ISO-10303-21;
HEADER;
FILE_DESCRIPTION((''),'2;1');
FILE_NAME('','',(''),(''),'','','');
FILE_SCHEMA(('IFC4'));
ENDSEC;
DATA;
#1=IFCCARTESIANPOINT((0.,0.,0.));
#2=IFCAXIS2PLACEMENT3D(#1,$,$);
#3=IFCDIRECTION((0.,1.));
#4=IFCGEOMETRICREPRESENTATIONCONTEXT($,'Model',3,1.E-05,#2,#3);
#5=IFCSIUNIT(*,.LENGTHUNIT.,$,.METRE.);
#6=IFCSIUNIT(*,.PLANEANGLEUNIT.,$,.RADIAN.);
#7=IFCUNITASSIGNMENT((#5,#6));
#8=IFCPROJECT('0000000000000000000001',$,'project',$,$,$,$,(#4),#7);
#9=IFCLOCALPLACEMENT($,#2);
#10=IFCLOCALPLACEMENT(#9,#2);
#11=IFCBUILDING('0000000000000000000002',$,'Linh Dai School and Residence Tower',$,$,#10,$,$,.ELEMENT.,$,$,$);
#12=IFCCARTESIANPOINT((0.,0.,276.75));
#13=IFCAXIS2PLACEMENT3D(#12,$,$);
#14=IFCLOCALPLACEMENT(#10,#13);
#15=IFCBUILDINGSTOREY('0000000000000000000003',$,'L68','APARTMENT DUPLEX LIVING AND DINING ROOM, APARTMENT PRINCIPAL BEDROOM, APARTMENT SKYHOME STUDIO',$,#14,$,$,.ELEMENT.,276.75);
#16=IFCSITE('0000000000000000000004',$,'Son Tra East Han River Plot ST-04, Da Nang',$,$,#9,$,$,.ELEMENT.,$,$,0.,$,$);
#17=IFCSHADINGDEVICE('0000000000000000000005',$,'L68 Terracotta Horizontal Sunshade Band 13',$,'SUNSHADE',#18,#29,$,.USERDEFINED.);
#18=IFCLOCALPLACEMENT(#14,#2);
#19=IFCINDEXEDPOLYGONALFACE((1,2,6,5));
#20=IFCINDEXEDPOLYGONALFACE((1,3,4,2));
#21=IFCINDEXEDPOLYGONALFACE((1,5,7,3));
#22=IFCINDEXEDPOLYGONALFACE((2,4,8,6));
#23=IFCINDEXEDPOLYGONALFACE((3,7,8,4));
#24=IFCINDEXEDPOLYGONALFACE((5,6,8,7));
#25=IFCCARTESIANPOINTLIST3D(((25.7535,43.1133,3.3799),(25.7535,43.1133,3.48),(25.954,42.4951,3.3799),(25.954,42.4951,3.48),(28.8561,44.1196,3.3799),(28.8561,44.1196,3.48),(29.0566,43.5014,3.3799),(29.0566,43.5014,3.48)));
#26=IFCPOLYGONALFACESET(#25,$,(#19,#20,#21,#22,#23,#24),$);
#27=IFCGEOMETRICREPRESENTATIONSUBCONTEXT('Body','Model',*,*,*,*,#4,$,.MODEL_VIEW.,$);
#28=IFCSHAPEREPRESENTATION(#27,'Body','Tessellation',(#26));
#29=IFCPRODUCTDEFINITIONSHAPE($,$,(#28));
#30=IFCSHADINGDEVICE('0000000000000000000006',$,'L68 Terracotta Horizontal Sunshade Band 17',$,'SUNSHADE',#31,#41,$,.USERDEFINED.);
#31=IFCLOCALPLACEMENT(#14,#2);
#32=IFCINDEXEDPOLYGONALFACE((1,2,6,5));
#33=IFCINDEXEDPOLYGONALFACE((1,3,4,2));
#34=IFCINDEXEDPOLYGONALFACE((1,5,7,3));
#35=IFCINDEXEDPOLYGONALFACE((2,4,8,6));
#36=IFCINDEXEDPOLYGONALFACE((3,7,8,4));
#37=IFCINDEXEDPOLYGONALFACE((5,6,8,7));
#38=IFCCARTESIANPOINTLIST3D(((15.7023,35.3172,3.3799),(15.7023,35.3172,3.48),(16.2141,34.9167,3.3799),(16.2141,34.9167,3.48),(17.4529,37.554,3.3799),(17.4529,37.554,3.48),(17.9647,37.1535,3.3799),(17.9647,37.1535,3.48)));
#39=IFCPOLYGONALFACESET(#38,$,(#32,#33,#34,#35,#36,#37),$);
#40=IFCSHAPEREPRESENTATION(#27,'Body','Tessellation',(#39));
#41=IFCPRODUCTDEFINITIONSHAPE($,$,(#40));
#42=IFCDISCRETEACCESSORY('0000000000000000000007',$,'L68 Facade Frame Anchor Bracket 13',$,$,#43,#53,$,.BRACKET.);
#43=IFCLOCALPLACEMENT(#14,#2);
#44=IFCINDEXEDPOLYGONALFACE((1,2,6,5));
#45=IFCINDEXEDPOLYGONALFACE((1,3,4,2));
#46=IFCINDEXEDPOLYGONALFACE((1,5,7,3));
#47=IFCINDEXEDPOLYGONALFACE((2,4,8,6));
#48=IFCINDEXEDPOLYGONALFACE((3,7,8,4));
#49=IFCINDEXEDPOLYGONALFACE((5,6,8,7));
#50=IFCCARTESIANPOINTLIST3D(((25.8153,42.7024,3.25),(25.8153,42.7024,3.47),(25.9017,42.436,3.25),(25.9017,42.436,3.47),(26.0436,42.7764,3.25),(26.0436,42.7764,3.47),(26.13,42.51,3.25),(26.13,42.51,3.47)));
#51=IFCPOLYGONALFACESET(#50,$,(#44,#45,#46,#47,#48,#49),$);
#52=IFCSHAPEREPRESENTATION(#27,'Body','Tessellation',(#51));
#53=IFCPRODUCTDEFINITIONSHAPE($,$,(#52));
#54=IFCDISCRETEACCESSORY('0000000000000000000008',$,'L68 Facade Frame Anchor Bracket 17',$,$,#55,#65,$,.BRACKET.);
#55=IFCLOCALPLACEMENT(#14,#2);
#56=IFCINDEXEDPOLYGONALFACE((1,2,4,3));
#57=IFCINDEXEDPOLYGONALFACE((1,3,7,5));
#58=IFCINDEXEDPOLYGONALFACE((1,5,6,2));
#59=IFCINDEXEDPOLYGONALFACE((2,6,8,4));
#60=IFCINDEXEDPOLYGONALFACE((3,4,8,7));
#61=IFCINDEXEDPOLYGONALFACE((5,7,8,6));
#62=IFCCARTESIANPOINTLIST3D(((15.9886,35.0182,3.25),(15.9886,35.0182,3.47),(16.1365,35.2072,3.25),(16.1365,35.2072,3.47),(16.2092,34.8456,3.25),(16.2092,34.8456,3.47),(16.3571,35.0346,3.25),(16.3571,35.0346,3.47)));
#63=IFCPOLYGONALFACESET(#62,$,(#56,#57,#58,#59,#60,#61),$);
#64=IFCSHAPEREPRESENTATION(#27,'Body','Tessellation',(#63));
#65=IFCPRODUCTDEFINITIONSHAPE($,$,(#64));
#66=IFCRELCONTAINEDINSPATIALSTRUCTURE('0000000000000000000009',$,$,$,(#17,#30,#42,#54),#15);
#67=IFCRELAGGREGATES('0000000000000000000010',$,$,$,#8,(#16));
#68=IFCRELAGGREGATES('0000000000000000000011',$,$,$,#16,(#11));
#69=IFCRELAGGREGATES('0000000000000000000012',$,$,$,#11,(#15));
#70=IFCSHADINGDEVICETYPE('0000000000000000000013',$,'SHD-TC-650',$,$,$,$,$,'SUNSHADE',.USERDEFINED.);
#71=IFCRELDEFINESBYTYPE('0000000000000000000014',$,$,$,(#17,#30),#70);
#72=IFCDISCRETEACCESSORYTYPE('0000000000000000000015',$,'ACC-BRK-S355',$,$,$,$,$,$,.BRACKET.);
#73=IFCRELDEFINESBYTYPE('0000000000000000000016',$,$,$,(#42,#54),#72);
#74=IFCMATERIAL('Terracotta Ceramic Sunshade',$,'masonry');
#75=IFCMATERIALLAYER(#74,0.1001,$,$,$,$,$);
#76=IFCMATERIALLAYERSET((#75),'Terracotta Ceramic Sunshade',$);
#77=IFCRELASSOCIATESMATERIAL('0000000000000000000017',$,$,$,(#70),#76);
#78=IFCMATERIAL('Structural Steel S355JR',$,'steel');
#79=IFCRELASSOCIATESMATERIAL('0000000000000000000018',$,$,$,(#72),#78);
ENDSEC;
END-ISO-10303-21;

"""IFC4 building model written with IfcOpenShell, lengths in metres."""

from ifc_helpers import new_model, si_unit, direction, frame, origin, origin_2d, place, context, subcontext, project, spatial, rectangle, extrude, source, transform, mapped, material, layer, layer_set, type_object, element, save


model = new_model("IFC4")

# Units and contexts
model_context = context("Model", 3, precision=1e-05, world=origin(), true_north=direction((0.0, 1.0)))
body_context = subcontext(model_context, "Body", "Model", "MODEL_VIEW")
ifc_project = project(units=[si_unit("LENGTHUNIT", "METRE"), si_unit("PLANEANGLEUNIT", "RADIAN")], contexts=[model_context])

# Site, building, storey
site_placement = place(None, origin())
site = spatial("IfcSite", under=ifc_project, at=site_placement, Name="Son Tra East Han River Plot ST-04, Da Nang", CompositionType="ELEMENT", RefElevation=0.0)
building_placement = place(site_placement, origin())
building = spatial("IfcBuilding", under=site, at=building_placement, Name="Linh Dai School and Residence Tower", CompositionType="ELEMENT")
storey_placement = place(building_placement, frame((0.0, 0.0, 276.75)))
storey = spatial("IfcBuildingStorey", under=building, at=storey_placement, Name="L68", Description="APARTMENT DUPLEX LIVING AND DINING ROOM, APARTMENT PRINCIPAL BEDROOM, APARTMENT SKYHOME STUDIO", CompositionType="ELEMENT", Elevation=276.75)

# Shared definitions
ifc_material_1 = material(Name="Structural Steel S355JR", Category="steel")

# Shading devices
ifc_material_2 = material(Name="Terracotta Ceramic Sunshade", Category="masonry")
ifc_layer_1 = layer(ifc_material_2, 0.1001)
ifc_layer_set_1 = layer_set([ifc_layer_1], Name="Terracotta Ceramic Sunshade")
shading_device_type = type_object("IfcShadingDeviceType", Name="SHD-TC-650", ElementType="SUNSHADE", PredefinedType="USERDEFINED", material=ifc_layer_set_1)
shared_shape_1 = source(origin(), body_context, "Body", "SweptSolid", [
    extrude(rectangle(XDim=3.2617, YDim=0.6499, at=origin_2d()), origin(), (0.0, 0.0, 1.0), 0.1001),
])
shading_device_1_placement = place(storey_placement, frame((27.405, 43.3074, 3.3799), z_axis=(0.0, 0.0, 1.0), x_axis=(0.951218, 0.308519, 0.0)))
element("IfcShadingDevice", 1, at=shading_device_1_placement, inside=storey, type_object=shading_device_type, Name="L68 Terracotta Horizontal Sunshade Band 13", ObjectType="SUNSHADE", PredefinedType="USERDEFINED", context=body_context, shape_type="MappedRepresentation", body=[
    mapped(shared_shape_1, transform((0.0, 0.0, 0.0), x_axis=(1.0, 0.0, 0.0), y_axis=(0.0, 1.0, 0.0), z_axis=(0.0, 0.0, 1.0), scale=1.0)),
])
shared_shape_2 = source(origin(), body_context, "Body", "SweptSolid", [
    extrude(rectangle(XDim=2.8403, YDim=0.6499, at=origin_2d()), origin(), (0.0, 0.0, 1.0), 0.1001),
])
shading_device_2_placement = place(storey_placement, frame((16.8335, 36.2354, 3.3799), z_axis=(0.0, 0.0, 1.0), x_axis=(0.616311, 0.787503, 0.0)))
element("IfcShadingDevice", 2, at=shading_device_2_placement, inside=storey, type_object=shading_device_type, Name="L68 Terracotta Horizontal Sunshade Band 17", ObjectType="SUNSHADE", PredefinedType="USERDEFINED", context=body_context, shape_type="MappedRepresentation", body=[
    mapped(shared_shape_2, transform((0.0, 0.0, 0.0), x_axis=(1.0, 0.0, 0.0), y_axis=(0.0, 1.0, 0.0), z_axis=(0.0, 0.0, 1.0), scale=1.0)),
])

# Discrete accessories
discrete_accessory_type = type_object("IfcDiscreteAccessoryType", Name="ACC-BRK-S355", PredefinedType="BRACKET", material=ifc_material_1)
shared_shape_3 = source(origin(), body_context, "Body", "SweptSolid", [
    extrude(rectangle(XDim=0.28, YDim=0.24, at=origin_2d()), origin(), (0.0, 0.0, 1.0), 0.22),
])
for number, where, z_axis, x_axis, name in (
    (3, (25.9727, 42.6062, 3.25), (0.0, 0.0, 1.0), (-0.308519, 0.951218, 0.0), "L68 Facade Frame Anchor Bracket 13"),
    (4, (16.1729, 35.0264, 3.25), (0.0, 0.0, 1.0), (-0.787503, 0.616311, 0.0), "L68 Facade Frame Anchor Bracket 17"),
):
    element("IfcDiscreteAccessory", number, at=place(storey_placement, frame(where, z_axis=z_axis, x_axis=x_axis)), inside=storey, type_object=discrete_accessory_type, Name=name, PredefinedType="BRACKET", context=body_context, shape_type="MappedRepresentation", body=[
        mapped(shared_shape_3, transform((0.0, 0.0, 0.0), x_axis=(1.0, 0.0, 0.0), y_axis=(0.0, 1.0, 0.0), z_axis=(0.0, 0.0, 1.0), scale=1.0)),
    ])

save(model, "model.ifc")
